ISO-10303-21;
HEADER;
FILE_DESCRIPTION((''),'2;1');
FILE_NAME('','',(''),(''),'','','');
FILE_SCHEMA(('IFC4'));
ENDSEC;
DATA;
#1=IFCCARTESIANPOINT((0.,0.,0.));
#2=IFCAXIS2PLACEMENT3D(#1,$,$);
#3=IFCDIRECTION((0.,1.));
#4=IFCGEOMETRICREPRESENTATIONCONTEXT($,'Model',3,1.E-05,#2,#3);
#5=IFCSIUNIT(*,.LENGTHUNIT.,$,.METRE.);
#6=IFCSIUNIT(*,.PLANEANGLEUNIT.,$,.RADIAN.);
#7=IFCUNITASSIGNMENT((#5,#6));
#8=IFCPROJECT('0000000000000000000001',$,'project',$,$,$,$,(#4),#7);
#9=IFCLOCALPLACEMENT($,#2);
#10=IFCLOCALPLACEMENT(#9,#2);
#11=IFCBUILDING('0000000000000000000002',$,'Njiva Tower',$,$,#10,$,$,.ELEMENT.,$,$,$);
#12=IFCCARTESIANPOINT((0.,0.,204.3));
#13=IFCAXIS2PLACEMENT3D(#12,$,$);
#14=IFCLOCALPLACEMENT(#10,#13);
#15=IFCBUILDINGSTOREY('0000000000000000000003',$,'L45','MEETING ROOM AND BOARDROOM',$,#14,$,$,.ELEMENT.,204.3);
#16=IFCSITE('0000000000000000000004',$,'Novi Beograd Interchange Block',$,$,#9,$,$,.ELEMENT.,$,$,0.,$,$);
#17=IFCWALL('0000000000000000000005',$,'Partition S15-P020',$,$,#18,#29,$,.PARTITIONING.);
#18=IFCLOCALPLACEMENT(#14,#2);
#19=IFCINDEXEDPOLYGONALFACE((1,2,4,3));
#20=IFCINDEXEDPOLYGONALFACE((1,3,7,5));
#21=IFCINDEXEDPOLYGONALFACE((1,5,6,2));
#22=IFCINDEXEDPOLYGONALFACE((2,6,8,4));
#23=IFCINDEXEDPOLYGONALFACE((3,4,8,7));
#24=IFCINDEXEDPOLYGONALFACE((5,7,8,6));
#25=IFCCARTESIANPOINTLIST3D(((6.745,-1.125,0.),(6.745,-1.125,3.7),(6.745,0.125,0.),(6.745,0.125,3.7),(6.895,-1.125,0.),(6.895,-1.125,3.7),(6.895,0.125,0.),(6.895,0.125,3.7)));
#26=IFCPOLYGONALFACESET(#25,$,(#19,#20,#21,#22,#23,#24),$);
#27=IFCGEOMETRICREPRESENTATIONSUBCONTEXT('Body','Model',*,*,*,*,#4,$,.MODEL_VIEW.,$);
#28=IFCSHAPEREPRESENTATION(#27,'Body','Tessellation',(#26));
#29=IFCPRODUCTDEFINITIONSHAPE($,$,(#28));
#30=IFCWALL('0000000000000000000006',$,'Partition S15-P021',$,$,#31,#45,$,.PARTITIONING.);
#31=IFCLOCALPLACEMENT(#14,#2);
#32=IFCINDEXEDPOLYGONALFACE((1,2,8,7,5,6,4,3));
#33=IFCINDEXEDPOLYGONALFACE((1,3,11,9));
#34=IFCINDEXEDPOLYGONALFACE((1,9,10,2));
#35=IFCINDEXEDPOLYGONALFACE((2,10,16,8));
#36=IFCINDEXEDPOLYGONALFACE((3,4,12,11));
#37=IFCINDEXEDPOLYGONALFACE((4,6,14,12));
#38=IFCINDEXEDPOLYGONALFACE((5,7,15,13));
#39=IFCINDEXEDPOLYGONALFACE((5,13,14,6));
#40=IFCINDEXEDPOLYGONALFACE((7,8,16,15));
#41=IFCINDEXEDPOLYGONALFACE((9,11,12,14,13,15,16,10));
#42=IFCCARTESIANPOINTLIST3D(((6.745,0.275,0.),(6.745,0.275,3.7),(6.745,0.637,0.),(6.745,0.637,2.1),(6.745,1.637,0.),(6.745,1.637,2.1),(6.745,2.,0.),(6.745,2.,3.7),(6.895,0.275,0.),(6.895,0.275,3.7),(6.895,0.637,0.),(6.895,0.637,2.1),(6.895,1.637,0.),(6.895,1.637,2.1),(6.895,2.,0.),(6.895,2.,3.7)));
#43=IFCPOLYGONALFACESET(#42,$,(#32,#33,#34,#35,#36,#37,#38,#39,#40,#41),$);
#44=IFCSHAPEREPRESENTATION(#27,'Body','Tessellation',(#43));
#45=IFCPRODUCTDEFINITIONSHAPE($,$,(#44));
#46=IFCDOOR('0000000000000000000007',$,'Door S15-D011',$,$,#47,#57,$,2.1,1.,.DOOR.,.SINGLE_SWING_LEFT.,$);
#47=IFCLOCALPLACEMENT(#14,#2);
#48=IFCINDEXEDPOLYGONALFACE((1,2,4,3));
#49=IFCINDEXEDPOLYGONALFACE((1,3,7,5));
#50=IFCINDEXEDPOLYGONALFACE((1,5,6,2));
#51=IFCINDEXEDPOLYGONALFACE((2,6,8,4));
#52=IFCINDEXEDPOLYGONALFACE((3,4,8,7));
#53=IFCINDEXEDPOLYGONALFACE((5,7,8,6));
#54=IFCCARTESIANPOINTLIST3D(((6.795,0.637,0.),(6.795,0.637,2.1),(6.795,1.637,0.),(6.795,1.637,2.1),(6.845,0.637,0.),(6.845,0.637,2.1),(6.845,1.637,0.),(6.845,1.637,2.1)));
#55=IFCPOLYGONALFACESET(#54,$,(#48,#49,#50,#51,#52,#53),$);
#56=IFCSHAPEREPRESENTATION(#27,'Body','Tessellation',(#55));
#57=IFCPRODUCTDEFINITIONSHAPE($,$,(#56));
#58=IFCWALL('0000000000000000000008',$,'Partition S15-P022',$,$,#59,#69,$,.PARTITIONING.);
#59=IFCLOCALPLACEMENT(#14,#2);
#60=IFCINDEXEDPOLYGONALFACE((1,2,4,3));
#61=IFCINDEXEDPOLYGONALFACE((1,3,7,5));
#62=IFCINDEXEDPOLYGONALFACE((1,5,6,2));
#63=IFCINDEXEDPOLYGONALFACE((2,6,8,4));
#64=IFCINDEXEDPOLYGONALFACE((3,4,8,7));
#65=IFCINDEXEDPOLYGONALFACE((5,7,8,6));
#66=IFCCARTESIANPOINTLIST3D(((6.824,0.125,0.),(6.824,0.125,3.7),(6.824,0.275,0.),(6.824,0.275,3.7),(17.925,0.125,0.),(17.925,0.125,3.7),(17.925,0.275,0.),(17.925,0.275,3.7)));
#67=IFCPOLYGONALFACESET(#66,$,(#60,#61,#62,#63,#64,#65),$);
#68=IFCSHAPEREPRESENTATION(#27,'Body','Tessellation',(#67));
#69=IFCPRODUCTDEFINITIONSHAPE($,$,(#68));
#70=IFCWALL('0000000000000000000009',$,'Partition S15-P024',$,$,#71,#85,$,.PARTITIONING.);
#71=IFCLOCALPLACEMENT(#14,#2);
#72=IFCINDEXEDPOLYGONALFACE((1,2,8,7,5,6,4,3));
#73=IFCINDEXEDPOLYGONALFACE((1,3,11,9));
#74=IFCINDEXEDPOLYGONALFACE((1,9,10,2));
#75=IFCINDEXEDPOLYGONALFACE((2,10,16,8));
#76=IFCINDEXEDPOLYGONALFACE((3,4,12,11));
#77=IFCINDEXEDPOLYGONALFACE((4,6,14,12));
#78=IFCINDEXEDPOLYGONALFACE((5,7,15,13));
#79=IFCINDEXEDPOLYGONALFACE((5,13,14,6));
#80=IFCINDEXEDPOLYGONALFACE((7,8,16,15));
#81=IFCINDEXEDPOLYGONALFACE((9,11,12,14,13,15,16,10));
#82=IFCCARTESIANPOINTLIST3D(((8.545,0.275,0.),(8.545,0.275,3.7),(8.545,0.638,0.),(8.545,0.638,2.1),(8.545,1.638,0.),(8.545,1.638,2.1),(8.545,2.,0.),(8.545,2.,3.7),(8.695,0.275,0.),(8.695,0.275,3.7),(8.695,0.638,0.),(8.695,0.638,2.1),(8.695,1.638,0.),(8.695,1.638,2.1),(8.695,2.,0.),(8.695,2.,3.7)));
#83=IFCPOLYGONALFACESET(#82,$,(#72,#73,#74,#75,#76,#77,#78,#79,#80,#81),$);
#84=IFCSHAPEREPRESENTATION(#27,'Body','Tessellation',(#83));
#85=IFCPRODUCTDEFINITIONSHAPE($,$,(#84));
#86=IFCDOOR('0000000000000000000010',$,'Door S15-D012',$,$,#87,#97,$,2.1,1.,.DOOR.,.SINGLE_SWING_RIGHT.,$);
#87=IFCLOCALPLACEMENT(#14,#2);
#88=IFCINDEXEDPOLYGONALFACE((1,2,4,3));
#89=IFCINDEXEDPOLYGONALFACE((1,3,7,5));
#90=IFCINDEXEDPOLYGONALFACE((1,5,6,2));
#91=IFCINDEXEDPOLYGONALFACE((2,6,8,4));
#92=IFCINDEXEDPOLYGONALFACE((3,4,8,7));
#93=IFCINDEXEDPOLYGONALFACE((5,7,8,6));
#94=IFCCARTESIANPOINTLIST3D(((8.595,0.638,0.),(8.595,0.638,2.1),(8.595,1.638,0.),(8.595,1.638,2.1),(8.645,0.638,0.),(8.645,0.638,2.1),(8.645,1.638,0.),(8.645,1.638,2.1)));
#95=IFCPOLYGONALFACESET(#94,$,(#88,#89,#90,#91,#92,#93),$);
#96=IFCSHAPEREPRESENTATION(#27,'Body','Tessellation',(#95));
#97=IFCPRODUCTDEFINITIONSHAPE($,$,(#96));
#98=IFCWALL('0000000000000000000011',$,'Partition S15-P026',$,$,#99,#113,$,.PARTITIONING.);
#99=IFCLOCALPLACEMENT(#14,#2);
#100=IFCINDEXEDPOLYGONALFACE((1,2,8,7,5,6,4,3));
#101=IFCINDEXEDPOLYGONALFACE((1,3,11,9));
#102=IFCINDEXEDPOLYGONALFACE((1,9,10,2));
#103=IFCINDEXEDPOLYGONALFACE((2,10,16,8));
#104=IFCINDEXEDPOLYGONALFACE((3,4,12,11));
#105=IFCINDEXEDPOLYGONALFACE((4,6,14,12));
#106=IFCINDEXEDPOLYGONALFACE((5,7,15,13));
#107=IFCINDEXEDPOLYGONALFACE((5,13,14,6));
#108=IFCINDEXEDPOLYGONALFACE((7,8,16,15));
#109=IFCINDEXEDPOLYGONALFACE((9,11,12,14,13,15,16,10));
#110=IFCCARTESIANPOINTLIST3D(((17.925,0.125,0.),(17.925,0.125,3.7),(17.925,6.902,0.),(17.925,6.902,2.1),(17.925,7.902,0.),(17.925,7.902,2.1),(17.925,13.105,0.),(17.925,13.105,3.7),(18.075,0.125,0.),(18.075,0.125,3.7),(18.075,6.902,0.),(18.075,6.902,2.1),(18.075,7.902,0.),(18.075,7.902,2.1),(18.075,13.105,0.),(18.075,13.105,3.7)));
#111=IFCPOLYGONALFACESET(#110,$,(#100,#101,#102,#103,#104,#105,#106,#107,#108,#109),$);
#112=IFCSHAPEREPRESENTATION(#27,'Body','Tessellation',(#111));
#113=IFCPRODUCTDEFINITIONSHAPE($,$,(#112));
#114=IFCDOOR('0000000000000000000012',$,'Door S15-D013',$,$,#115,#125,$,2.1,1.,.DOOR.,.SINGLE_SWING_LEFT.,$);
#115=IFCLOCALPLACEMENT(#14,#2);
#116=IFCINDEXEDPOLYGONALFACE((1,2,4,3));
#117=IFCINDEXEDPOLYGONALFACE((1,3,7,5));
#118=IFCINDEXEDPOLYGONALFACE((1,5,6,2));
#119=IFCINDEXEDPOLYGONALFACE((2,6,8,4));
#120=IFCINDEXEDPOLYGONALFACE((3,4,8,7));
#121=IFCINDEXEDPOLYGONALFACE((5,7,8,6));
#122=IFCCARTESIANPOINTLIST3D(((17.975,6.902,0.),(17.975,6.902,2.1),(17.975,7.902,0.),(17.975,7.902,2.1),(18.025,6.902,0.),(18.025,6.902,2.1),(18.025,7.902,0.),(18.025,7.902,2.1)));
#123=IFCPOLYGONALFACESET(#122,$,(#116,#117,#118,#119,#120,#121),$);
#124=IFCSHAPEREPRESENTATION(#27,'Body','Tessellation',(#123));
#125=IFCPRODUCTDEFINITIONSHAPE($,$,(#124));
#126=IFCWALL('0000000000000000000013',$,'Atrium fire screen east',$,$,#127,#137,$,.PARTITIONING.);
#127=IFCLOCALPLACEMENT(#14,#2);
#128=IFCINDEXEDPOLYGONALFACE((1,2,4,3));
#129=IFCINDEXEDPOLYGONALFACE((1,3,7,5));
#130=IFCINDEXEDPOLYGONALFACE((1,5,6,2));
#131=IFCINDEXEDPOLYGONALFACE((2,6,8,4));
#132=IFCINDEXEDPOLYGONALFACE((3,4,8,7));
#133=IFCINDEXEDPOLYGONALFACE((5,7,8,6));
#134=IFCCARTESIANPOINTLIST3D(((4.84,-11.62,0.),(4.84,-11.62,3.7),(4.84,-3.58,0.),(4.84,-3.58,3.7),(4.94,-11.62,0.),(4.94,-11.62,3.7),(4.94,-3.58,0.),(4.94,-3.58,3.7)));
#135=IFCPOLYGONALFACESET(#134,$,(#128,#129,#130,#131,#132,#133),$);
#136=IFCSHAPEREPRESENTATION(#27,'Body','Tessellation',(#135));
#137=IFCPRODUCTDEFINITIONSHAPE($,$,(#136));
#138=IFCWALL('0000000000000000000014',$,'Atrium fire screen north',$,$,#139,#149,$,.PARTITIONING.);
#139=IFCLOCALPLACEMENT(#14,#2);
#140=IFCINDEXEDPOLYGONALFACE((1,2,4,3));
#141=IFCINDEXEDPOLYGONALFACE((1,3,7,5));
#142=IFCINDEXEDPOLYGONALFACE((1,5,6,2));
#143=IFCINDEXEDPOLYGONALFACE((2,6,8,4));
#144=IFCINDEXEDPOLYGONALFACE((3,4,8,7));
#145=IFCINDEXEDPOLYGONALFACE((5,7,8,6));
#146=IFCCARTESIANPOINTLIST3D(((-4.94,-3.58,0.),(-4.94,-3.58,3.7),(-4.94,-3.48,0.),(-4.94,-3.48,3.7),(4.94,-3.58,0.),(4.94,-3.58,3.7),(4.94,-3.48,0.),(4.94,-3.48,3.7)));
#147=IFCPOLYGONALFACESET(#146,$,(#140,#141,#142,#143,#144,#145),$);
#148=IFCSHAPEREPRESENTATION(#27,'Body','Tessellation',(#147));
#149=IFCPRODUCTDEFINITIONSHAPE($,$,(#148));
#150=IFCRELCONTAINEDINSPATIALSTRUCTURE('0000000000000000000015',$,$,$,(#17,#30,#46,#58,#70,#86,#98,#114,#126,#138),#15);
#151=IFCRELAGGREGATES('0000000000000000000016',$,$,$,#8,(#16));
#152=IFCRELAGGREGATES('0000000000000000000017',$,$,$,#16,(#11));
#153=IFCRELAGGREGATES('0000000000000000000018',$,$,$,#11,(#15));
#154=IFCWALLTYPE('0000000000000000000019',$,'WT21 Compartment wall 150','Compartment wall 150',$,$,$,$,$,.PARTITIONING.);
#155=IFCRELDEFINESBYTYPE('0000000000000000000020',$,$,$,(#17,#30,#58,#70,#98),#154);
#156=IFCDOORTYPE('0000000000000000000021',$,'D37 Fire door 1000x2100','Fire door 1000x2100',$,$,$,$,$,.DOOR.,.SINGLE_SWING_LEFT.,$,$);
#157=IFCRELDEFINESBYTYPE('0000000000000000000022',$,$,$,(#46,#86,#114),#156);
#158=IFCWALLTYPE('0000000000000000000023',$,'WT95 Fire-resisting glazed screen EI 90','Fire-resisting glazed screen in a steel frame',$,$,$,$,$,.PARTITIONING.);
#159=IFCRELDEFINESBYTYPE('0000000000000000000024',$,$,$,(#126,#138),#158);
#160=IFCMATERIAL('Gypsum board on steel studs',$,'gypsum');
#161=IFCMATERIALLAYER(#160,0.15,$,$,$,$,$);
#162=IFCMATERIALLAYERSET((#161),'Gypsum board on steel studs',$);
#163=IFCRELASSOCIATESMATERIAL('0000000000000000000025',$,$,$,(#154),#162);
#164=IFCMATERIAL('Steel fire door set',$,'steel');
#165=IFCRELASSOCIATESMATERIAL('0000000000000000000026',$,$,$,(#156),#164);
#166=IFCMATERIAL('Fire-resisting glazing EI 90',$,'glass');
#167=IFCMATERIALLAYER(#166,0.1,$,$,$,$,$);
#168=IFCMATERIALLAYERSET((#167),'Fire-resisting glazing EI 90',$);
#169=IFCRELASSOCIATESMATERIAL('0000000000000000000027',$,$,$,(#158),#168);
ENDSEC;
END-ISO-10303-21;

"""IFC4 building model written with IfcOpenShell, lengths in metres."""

from ifc_helpers import new_model, si_unit, direction, frame, frame_2d, origin, place, context, subcontext, project, spatial, rectangle, extrude, material, layer, layer_set, type_object, element, fill, save


model = new_model("IFC4")

# Units and contexts
model_context = context("Model", 3, precision=1e-05, world=origin(), true_north=direction((0.0, 1.0)))
body_context = subcontext(model_context, "Body", "Model", "MODEL_VIEW")
ifc_project = project(units=[si_unit("LENGTHUNIT", "METRE"), si_unit("PLANEANGLEUNIT", "RADIAN")], contexts=[model_context])

# Site, building, storey
site_placement = place(None, origin())
site = spatial("IfcSite", under=ifc_project, at=site_placement, Name="Novi Beograd Interchange Block", CompositionType="ELEMENT", RefElevation=0.0)
building_placement = place(site_placement, origin())
building = spatial("IfcBuilding", under=site, at=building_placement, Name="Njiva Tower", CompositionType="ELEMENT")
storey_placement = place(building_placement, frame((0.0, 0.0, 204.3)))
storey = spatial("IfcBuildingStorey", under=building, at=storey_placement, Name="L45", Description="MEETING ROOM AND BOARDROOM", CompositionType="ELEMENT", Elevation=204.3)

# Shared definitions
ifc_material_1 = material(Name="Gypsum board on steel studs", Category="gypsum")
ifc_layer_1 = layer(ifc_material_1, 0.15)
ifc_layer_set_1 = layer_set([ifc_layer_1], Name="Gypsum board on steel studs")
wall_type_1 = type_object("IfcWallType", Name="WT21 Compartment wall 150", Description="Compartment wall 150", PredefinedType="PARTITIONING", material=ifc_layer_set_1)

# Shared definitions
ifc_material_2 = material(Name="Steel fire door set", Category="steel")
door_type = type_object("IfcDoorType", Name="D37 Fire door 1000x2100", Description="Fire door 1000x2100", OperationType="SINGLE_SWING_LEFT", PredefinedType="DOOR", material=ifc_material_2)

# Wall
wall_1_placement = place(storey_placement, frame((6.82, -1.125, 0.0), z_axis=(0.0, 0.0, 1.0), x_axis=(0.0, 1.0, 0.0)))
element("IfcWall", 1, at=wall_1_placement, inside=storey, type_object=wall_type_1, Name="Partition S15-P020", PredefinedType="PARTITIONING", context=body_context, shape_type="SweptSolid", body=[
    extrude(rectangle(XDim=1.25, YDim=0.15, at=frame_2d((0.625, 0.0))), origin(), (0.0, 0.0, 1.0), 3.7),
])

# Wall, opening, door
wall_2_placement = place(storey_placement, frame((6.82, 0.275, 0.0), z_axis=(0.0, 0.0, 1.0), x_axis=(0.0, 1.0, 0.0)))
wall_2 = element("IfcWall", 2, at=wall_2_placement, inside=storey, type_object=wall_type_1, Name="Partition S15-P021", PredefinedType="PARTITIONING", context=body_context, shape_type="SweptSolid", body=[
    extrude(rectangle(XDim=1.725, YDim=0.15, at=frame_2d((0.8625, 0.0))), origin(), (0.0, 0.0, 1.0), 3.7),
])
opening_1_placement = place(wall_2_placement, frame((0.362, 0.0, 0.0)))
opening_1 = element("IfcOpeningElement", 3, at=opening_1_placement, cuts=wall_2, PredefinedType="OPENING", context=body_context, shape_type="SweptSolid", body=[
    extrude(rectangle(XDim=1.0, YDim=2.1, at=frame_2d((0.5, 1.05))), frame((0.0, 0.085, 0.0), z_axis=(0.0, -1.0, 0.0), x_axis=(1.0, 0.0, 0.0)), (0.0, 0.0, 1.0), 0.17),
])
door_1_placement = place(opening_1_placement, origin())
door_1 = element("IfcDoor", 4, at=door_1_placement, inside=storey, type_object=door_type, Name="Door S15-D011", OperationType="SINGLE_SWING_LEFT", OverallHeight=2.1, OverallWidth=1.0, PredefinedType="DOOR", context=body_context, shape_type="SweptSolid", body=[
    extrude(rectangle(XDim=1.0, YDim=2.1, at=frame_2d((0.5, 1.05))), frame((0.0, 0.025, 0.0), z_axis=(0.0, -1.0, 0.0), x_axis=(1.0, 0.0, 0.0)), (0.0, 0.0, 1.0), 0.05),
])
fill(opening_1, door_1)

# Wall
wall_3_placement = place(storey_placement, frame((6.824, 0.2, 0.0), z_axis=(0.0, 0.0, 1.0), x_axis=(1.0, 0.0, 0.0)))
element("IfcWall", 5, at=wall_3_placement, inside=storey, type_object=wall_type_1, Name="Partition S15-P022", PredefinedType="PARTITIONING", context=body_context, shape_type="SweptSolid", body=[
    extrude(rectangle(XDim=11.101, YDim=0.15, at=frame_2d((5.5505, 0.0))), origin(), (0.0, 0.0, 1.0), 3.7),
])

# Walls, openings, doors
wall_4_placement = place(storey_placement, frame((8.62, 0.275, 0.0), z_axis=(0.0, 0.0, 1.0), x_axis=(0.0, 1.0, 0.0)))
wall_4 = element("IfcWall", 6, at=wall_4_placement, inside=storey, type_object=wall_type_1, Name="Partition S15-P024", PredefinedType="PARTITIONING", context=body_context, shape_type="SweptSolid", body=[
    extrude(rectangle(XDim=1.725, YDim=0.15, at=frame_2d((0.8625, 0.0))), origin(), (0.0, 0.0, 1.0), 3.7),
])
opening_2_placement = place(wall_4_placement, frame((0.363, 0.0, 0.0)))
opening_2 = element("IfcOpeningElement", 7, at=opening_2_placement, cuts=wall_4, PredefinedType="OPENING", context=body_context, shape_type="SweptSolid", body=[
    extrude(rectangle(XDim=1.0, YDim=2.1, at=frame_2d((0.5, 1.05))), frame((0.0, 0.085, 0.0), z_axis=(0.0, -1.0, 0.0), x_axis=(1.0, 0.0, 0.0)), (0.0, 0.0, 1.0), 0.17),
])
door_2_placement = place(opening_2_placement, origin())
door_2 = element("IfcDoor", 8, at=door_2_placement, inside=storey, type_object=door_type, Name="Door S15-D012", OperationType="SINGLE_SWING_RIGHT", OverallHeight=2.1, OverallWidth=1.0, PredefinedType="DOOR", context=body_context, shape_type="SweptSolid", body=[
    extrude(rectangle(XDim=1.0, YDim=2.1, at=frame_2d((0.5, 1.05))), frame((0.0, 0.025, 0.0), z_axis=(0.0, -1.0, 0.0), x_axis=(1.0, 0.0, 0.0)), (0.0, 0.0, 1.0), 0.05),
])
fill(opening_2, door_2)
wall_5_placement = place(storey_placement, frame((18.0, 0.125, 0.0), z_axis=(0.0, 0.0, 1.0), x_axis=(0.0, 1.0, 0.0)))
wall_5 = element("IfcWall", 9, at=wall_5_placement, inside=storey, type_object=wall_type_1, Name="Partition S15-P026", PredefinedType="PARTITIONING", context=body_context, shape_type="SweptSolid", body=[
    extrude(rectangle(XDim=12.98, YDim=0.15, at=frame_2d((6.49, 0.0))), origin(), (0.0, 0.0, 1.0), 3.7),
])
opening_3_placement = place(wall_5_placement, frame((6.777, 0.0, 0.0)))
opening_3 = element("IfcOpeningElement", 10, at=opening_3_placement, cuts=wall_5, PredefinedType="OPENING", context=body_context, shape_type="SweptSolid", body=[
    extrude(rectangle(XDim=1.0, YDim=2.1, at=frame_2d((0.5, 1.05))), frame((0.0, 0.085, 0.0), z_axis=(0.0, -1.0, 0.0), x_axis=(1.0, 0.0, 0.0)), (0.0, 0.0, 1.0), 0.17),
])
door_3_placement = place(opening_3_placement, origin())
door_3 = element("IfcDoor", 11, at=door_3_placement, inside=storey, type_object=door_type, Name="Door S15-D013", OperationType="SINGLE_SWING_LEFT", OverallHeight=2.1, OverallWidth=1.0, PredefinedType="DOOR", context=body_context, shape_type="SweptSolid", body=[
    extrude(rectangle(XDim=1.0, YDim=2.1, at=frame_2d((0.5, 1.05))), frame((0.0, 0.025, 0.0), z_axis=(0.0, -1.0, 0.0), x_axis=(1.0, 0.0, 0.0)), (0.0, 0.0, 1.0), 0.05),
])
fill(opening_3, door_3)

# Walls
ifc_material_3 = material(Name="Fire-resisting glazing EI 90", Category="glass")
ifc_layer_2 = layer(ifc_material_3, 0.1)
ifc_layer_set_2 = layer_set([ifc_layer_2], Name="Fire-resisting glazing EI 90")
wall_type_2 = type_object("IfcWallType", Name="WT95 Fire-resisting glazed screen EI 90", Description="Fire-resisting glazed screen in a steel frame", PredefinedType="PARTITIONING", material=ifc_layer_set_2)
wall_6_placement = place(storey_placement, frame((4.89, -11.62, 0.0), z_axis=(0.0, 0.0, 1.0), x_axis=(0.0, 1.0, 0.0)))
element("IfcWall", 12, at=wall_6_placement, inside=storey, type_object=wall_type_2, Name="Atrium fire screen east", PredefinedType="PARTITIONING", context=body_context, shape_type="SweptSolid", body=[
    extrude(rectangle(XDim=8.04, YDim=0.1, at=frame_2d((4.02, 0.0))), origin(), (0.0, 0.0, 1.0), 3.7),
])
wall_7_placement = place(storey_placement, frame((4.94, -3.53, 0.0), z_axis=(0.0, 0.0, 1.0), x_axis=(-1.0, 0.0, 0.0)))
element("IfcWall", 13, at=wall_7_placement, inside=storey, type_object=wall_type_2, Name="Atrium fire screen north", PredefinedType="PARTITIONING", context=body_context, shape_type="SweptSolid", body=[
    extrude(rectangle(XDim=9.88, YDim=0.1, at=frame_2d((4.94, 0.0))), origin(), (0.0, 0.0, 1.0), 3.7),
])

save(model, "model.ifc")
